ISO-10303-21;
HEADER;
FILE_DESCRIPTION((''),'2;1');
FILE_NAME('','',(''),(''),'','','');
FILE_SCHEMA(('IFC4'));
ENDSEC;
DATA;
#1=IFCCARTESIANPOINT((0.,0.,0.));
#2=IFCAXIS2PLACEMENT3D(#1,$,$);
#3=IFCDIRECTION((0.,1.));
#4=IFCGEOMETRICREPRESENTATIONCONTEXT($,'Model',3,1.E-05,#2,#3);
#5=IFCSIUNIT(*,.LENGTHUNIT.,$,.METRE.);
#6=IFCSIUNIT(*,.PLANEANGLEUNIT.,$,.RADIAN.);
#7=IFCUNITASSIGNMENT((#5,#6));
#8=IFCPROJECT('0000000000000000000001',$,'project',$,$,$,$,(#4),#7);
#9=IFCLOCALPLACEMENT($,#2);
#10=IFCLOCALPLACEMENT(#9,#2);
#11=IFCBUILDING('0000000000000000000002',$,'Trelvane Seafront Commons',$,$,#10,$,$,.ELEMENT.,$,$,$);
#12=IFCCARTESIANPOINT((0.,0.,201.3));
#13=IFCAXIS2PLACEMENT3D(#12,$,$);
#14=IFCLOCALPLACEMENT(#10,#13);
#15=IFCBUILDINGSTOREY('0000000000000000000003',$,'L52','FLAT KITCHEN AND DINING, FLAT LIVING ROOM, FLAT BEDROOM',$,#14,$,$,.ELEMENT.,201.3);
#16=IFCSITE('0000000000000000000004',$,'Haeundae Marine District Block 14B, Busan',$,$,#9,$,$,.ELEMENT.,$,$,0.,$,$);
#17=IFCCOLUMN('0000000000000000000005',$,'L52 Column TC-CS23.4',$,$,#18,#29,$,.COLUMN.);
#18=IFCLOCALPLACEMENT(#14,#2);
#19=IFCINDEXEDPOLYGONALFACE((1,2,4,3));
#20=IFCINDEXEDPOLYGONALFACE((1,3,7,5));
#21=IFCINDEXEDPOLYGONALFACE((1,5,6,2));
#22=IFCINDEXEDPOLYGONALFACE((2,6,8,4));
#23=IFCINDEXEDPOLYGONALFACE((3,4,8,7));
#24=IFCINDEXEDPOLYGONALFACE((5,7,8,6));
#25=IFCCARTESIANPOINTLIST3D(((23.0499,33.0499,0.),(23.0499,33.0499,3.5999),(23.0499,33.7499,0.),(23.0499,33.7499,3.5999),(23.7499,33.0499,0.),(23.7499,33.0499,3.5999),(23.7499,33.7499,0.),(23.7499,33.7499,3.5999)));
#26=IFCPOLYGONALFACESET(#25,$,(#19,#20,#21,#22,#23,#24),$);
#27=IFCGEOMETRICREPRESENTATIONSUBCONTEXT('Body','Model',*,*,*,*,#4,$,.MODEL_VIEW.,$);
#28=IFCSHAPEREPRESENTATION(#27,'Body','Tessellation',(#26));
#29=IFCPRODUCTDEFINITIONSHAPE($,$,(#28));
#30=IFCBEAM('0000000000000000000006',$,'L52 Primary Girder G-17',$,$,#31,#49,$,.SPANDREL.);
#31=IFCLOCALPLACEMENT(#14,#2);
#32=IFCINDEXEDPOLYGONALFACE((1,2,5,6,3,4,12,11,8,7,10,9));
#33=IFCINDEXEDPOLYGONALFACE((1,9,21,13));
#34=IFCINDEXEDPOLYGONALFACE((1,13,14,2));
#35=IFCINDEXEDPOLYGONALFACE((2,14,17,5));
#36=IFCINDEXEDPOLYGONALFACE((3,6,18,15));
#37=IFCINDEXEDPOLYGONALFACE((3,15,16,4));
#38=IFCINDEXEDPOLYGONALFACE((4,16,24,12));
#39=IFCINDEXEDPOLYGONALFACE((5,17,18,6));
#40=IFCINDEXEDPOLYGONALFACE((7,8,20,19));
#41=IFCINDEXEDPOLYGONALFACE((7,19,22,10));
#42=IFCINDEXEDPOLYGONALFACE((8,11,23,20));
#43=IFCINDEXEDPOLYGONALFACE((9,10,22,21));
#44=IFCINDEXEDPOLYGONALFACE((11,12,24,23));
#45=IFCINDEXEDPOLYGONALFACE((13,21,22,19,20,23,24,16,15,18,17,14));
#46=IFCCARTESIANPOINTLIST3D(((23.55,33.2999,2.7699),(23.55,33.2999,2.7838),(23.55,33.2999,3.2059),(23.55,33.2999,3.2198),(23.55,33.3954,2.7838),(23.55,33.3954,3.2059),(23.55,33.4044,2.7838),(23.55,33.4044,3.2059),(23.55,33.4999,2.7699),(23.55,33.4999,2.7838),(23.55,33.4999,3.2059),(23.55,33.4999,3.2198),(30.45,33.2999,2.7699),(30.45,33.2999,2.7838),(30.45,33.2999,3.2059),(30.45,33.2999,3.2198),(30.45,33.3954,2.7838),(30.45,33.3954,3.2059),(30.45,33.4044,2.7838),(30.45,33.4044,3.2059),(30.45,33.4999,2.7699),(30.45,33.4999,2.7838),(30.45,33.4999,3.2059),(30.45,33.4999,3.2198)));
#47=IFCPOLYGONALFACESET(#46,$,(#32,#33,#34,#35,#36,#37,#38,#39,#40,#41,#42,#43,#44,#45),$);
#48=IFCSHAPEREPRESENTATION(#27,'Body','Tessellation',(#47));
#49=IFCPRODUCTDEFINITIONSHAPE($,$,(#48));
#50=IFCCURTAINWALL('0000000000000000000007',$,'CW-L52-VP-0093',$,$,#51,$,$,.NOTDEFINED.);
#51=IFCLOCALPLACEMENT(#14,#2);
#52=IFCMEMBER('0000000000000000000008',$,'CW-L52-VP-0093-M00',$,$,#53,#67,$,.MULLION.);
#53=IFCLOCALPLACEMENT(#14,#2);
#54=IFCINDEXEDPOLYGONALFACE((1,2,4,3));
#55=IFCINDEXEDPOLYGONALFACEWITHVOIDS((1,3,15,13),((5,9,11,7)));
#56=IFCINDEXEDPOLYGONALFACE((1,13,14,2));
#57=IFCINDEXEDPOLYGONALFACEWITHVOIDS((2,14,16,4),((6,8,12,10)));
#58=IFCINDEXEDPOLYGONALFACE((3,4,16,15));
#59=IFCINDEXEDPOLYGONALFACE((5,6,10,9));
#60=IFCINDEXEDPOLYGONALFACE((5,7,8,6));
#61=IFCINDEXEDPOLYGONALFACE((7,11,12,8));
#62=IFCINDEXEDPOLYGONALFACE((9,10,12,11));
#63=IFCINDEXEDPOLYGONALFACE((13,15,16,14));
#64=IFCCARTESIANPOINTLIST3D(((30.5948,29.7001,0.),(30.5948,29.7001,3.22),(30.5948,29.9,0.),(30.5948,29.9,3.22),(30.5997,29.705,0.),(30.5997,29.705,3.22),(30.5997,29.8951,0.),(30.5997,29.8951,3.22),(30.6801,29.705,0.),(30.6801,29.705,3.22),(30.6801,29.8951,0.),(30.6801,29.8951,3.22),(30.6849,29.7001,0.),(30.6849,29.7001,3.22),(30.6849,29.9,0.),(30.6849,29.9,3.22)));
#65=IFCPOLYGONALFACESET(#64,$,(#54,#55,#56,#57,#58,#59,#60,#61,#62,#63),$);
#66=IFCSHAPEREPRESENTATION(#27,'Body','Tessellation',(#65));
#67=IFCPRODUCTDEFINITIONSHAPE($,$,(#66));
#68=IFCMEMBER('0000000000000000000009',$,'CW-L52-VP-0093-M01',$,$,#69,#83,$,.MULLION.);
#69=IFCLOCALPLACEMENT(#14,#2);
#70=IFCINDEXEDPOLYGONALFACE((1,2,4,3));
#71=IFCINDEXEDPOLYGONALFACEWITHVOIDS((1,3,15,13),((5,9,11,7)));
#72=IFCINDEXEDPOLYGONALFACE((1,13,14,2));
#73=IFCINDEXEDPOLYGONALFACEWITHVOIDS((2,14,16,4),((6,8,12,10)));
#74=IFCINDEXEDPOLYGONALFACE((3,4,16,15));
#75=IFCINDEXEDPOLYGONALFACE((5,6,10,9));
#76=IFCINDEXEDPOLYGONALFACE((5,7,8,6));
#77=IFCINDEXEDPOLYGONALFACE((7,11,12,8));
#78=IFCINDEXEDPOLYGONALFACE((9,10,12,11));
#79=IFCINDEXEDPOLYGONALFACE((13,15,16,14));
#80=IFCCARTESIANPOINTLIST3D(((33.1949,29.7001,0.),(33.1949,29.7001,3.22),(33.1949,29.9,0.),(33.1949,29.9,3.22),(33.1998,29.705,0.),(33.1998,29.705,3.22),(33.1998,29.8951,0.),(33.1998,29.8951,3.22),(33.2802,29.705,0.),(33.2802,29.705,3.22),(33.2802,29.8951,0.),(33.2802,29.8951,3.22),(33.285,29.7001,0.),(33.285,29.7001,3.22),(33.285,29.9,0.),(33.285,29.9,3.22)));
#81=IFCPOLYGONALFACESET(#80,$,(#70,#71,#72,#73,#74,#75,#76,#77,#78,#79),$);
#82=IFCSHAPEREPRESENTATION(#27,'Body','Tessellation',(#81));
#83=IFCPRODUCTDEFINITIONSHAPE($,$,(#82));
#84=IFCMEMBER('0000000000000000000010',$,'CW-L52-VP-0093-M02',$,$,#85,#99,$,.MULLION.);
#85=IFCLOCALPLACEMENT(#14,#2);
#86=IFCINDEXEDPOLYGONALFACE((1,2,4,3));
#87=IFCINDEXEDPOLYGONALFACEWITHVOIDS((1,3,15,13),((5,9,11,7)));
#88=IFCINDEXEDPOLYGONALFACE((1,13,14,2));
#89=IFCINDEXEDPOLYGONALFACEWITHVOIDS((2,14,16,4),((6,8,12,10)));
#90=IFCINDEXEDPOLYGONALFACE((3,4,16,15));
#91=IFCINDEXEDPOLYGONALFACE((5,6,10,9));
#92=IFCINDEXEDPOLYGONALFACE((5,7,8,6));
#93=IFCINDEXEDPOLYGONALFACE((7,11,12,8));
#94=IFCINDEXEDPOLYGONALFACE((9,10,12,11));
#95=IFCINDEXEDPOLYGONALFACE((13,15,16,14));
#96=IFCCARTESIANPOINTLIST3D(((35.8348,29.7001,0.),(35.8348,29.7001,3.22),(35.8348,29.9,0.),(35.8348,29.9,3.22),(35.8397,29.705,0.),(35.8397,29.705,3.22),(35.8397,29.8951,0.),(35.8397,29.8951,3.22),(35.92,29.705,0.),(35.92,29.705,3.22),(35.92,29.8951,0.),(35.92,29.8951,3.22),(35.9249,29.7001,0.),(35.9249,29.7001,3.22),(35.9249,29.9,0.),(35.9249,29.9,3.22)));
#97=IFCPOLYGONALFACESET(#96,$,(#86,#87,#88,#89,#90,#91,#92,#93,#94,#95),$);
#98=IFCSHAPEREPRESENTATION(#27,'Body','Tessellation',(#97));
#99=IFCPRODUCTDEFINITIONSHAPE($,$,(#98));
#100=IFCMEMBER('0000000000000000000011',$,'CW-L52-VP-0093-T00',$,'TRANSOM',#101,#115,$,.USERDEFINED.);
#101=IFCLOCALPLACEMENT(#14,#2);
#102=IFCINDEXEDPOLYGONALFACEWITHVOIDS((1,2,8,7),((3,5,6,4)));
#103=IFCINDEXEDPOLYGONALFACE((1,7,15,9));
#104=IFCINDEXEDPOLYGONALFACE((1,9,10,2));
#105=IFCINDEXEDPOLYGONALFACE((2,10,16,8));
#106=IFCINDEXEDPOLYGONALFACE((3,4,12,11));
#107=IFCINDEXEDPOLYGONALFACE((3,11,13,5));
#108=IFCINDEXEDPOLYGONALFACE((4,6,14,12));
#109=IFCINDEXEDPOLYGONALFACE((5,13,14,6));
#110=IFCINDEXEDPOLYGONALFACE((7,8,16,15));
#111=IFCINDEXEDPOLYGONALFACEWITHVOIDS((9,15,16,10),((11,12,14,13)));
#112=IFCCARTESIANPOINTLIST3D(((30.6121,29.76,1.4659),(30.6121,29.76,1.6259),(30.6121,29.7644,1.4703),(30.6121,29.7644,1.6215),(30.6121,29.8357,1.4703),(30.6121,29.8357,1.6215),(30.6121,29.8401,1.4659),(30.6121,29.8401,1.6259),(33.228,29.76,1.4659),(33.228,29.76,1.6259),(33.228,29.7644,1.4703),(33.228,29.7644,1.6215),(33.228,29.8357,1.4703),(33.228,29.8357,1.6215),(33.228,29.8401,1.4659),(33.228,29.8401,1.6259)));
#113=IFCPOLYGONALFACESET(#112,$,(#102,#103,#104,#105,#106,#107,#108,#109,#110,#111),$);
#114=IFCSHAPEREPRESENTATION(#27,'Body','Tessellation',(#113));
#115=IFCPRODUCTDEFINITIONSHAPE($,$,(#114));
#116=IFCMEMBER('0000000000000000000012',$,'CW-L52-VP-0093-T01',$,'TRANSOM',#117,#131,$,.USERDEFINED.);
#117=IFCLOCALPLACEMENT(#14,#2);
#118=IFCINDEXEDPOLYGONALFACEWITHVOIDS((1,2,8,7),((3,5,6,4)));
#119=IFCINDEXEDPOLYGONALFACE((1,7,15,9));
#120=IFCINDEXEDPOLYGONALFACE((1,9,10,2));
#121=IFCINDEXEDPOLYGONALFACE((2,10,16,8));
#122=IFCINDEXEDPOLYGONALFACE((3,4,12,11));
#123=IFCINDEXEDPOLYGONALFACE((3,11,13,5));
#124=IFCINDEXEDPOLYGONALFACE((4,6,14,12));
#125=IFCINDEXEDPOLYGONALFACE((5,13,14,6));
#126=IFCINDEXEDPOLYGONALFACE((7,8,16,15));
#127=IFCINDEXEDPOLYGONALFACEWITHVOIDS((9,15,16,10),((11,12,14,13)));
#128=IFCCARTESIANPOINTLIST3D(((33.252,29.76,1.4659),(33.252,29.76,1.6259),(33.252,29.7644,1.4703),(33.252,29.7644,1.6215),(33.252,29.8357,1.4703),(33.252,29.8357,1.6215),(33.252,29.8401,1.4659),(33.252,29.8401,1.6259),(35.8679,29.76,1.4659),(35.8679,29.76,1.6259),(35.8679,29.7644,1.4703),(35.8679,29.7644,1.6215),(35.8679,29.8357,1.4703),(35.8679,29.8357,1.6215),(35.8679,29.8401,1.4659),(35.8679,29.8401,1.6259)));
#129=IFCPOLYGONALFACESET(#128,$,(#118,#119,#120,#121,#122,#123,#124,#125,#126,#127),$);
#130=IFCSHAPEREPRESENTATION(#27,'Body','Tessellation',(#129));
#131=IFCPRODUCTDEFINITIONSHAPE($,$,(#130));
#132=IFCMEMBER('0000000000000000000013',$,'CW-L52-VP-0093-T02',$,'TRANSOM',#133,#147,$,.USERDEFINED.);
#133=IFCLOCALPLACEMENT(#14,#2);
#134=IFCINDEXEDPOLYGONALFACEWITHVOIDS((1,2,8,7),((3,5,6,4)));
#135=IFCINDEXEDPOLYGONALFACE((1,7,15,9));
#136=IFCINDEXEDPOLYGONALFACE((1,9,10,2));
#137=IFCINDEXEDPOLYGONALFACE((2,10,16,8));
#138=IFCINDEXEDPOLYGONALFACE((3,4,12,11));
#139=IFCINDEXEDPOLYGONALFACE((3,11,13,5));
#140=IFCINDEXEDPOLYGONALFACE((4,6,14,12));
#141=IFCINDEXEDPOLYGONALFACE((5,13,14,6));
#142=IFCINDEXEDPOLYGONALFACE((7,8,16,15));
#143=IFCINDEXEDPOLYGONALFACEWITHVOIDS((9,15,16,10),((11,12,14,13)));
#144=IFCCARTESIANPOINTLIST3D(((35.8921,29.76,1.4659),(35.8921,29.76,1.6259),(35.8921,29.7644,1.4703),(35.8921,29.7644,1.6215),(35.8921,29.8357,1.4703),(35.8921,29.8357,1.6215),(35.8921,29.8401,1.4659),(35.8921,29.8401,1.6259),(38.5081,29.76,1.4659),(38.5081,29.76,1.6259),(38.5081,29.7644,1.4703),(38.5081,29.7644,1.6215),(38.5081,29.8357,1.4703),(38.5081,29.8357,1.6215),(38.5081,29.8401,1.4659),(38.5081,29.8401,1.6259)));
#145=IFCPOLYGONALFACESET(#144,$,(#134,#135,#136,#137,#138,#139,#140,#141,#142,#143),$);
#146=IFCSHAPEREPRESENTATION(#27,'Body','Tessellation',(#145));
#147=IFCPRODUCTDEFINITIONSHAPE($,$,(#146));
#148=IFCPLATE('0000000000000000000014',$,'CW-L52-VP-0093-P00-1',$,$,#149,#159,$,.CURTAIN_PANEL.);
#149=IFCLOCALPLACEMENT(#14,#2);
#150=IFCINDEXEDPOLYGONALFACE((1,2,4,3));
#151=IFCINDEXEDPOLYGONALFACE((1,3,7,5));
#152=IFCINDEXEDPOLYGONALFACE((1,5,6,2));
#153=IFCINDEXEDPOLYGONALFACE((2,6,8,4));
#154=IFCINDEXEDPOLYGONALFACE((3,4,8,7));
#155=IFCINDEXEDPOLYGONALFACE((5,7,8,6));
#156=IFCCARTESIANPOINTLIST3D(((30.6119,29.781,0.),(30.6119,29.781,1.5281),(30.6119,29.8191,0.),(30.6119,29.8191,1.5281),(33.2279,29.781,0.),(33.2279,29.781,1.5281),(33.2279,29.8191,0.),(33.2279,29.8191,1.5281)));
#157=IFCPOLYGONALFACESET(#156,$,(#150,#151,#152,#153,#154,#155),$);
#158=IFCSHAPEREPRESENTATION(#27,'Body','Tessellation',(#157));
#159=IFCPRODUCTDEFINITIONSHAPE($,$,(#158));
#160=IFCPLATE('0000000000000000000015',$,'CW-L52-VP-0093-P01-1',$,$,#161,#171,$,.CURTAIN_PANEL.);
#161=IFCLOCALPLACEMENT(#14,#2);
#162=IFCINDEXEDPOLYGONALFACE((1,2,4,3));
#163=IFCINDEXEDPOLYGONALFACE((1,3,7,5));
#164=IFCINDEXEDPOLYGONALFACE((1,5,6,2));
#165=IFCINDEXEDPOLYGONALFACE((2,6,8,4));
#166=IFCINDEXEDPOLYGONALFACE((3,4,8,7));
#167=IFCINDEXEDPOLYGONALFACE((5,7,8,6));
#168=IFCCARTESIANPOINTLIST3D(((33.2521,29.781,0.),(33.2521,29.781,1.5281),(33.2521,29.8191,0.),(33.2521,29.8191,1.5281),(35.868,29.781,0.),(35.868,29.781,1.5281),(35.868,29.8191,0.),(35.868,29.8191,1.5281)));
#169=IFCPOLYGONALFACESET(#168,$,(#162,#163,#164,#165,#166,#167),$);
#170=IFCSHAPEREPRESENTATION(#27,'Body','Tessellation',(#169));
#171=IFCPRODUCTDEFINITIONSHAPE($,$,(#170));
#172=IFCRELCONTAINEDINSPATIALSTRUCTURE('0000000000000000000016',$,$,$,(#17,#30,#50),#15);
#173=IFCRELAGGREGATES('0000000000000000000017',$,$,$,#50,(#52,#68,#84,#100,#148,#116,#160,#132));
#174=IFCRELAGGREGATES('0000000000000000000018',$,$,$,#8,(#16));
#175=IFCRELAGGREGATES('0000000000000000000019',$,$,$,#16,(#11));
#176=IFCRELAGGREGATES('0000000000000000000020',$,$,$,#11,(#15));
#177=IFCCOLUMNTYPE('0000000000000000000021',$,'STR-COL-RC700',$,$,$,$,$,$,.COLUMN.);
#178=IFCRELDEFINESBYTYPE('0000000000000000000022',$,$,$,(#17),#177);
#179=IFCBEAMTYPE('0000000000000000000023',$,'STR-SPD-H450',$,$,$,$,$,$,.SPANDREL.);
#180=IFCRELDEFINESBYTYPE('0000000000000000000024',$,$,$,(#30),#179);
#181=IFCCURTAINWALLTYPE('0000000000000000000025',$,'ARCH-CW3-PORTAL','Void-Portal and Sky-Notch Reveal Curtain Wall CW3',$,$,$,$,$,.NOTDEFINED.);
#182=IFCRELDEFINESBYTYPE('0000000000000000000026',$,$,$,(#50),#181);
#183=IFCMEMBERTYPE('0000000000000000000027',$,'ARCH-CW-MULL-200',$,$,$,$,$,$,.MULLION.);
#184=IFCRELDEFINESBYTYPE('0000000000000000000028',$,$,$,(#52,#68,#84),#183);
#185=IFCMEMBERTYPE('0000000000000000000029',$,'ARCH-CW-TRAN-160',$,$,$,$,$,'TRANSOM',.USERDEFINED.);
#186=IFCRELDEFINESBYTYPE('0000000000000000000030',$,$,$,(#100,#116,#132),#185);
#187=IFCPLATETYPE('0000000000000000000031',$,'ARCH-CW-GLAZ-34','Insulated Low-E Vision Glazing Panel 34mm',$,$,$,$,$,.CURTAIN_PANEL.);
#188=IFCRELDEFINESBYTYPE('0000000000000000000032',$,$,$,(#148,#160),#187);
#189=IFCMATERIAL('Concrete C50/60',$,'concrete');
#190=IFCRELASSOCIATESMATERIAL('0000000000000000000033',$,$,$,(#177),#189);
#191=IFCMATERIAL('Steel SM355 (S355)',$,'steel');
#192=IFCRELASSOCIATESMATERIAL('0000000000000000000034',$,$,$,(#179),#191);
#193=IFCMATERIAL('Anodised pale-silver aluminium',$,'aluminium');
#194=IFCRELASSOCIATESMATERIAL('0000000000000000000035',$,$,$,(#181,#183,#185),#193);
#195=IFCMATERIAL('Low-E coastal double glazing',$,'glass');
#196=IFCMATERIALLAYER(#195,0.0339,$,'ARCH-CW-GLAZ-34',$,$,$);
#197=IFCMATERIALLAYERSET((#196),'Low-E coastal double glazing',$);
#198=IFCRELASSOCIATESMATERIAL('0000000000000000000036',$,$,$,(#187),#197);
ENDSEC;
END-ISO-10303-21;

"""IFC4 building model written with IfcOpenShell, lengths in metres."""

from ifc_helpers import new_model, si_unit, direction, frame, origin, origin_2d, place, context, subcontext, project, spatial, rectangle, hollow_rectangle, i_section, extrude, source, transform, mapped, material, layer, layer_set, material_profile, profile_set, type_object, element, aggregate, save


model = new_model("IFC4")

# Units and contexts
model_context = context("Model", 3, precision=1e-05, world=origin(), true_north=direction((0.0, 1.0)))
body_context = subcontext(model_context, "Body", "Model", "MODEL_VIEW")
ifc_project = project(units=[si_unit("LENGTHUNIT", "METRE"), si_unit("PLANEANGLEUNIT", "RADIAN")], contexts=[model_context])

# Site, building, storey
site_placement = place(None, origin())
site = spatial("IfcSite", under=ifc_project, at=site_placement, Name="Haeundae Marine District Block 14B, Busan", CompositionType="ELEMENT", RefElevation=0.0)
building_placement = place(site_placement, origin())
building = spatial("IfcBuilding", under=site, at=building_placement, Name="Trelvane Seafront Commons", CompositionType="ELEMENT")
storey_placement = place(building_placement, frame((0.0, 0.0, 201.3)))
storey = spatial("IfcBuildingStorey", under=building, at=storey_placement, Name="L52", Description="FLAT KITCHEN AND DINING, FLAT LIVING ROOM, FLAT BEDROOM", CompositionType="ELEMENT", Elevation=201.3)

# Column
ifc_material_1 = material(Name="Concrete C50/60", Category="concrete")
ifc_material_profile_1 = material_profile(ifc_material_1, rectangle(XDim=0.7, YDim=0.7, at=origin_2d()), Name="RC-700x700")
ifc_profile_set_1 = profile_set([ifc_material_profile_1], Name="Concrete C50/60")
column_type = type_object("IfcColumnType", Name="STR-COL-RC700", PredefinedType="COLUMN", material=ifc_profile_set_1)
shared_shape_1 = source(origin(), body_context, "Body", "SweptSolid", [
    extrude(rectangle(XDim=0.7, YDim=0.7, at=origin_2d()), origin(), (0.0, 0.0, 1.0), 3.5999),
])
column_placement = place(storey_placement, frame((23.3999, 33.3999, 0.0), z_axis=(0.0, 0.0, 1.0), x_axis=(1.0, 0.0, 0.0)))
element("IfcColumn", 1, at=column_placement, inside=storey, type_object=column_type, Name="L52 Column TC-CS23.4", PredefinedType="COLUMN", context=body_context, shape_type="MappedRepresentation", body=[
    mapped(shared_shape_1, transform((0.0, 0.0, 0.0), x_axis=(1.0, 0.0, 0.0), y_axis=(0.0, 1.0, 0.0), z_axis=(0.0, 0.0, 1.0), scale=1.0)),
])

# Beam
ifc_material_2 = material(Name="Steel SM355 (S355)", Category="steel")
ifc_material_profile_2 = material_profile(ifc_material_2, i_section(OverallWidth=0.2, OverallDepth=0.45, WebThickness=0.009, FlangeThickness=0.0139, at=origin_2d()), Name="H-450x200x9x14")
ifc_profile_set_2 = profile_set([ifc_material_profile_2], Name="Steel SM355 (S355)")
beam_type = type_object("IfcBeamType", Name="STR-SPD-H450", PredefinedType="SPANDREL", material=ifc_profile_set_2)
shared_shape_2 = source(origin(), body_context, "Body", "SweptSolid", [
    extrude(i_section(OverallWidth=0.2, OverallDepth=0.45, WebThickness=0.009, FlangeThickness=0.0139, at=origin_2d()), origin(), (0.0, 0.0, 1.0), 6.8999),
])
beam_placement = place(storey_placement, frame((23.55, 33.3999, 2.9949), z_axis=(1.0, 0.0, 0.0), x_axis=(0.0, 1.0, 0.0)))
element("IfcBeam", 2, at=beam_placement, inside=storey, type_object=beam_type, Name="L52 Primary Girder G-17", PredefinedType="SPANDREL", context=body_context, shape_type="MappedRepresentation", body=[
    mapped(shared_shape_2, transform((0.0, 0.0, 0.0), x_axis=(1.0, 0.0, 0.0), y_axis=(0.0, 1.0, 0.0), z_axis=(0.0, 0.0, 1.0), scale=1.0)),
])

# Curtain wall, members, plates
ifc_material_3 = material(Name="Anodised pale-silver aluminium", Category="aluminium")
curtain_wall_type = type_object("IfcCurtainWallType", Name="ARCH-CW3-PORTAL", Description="Void-Portal and Sky-Notch Reveal Curtain Wall CW3", PredefinedType="NOTDEFINED", material=ifc_material_3)
curtain_wall_placement = place(storey_placement, origin())
curtain_wall = element("IfcCurtainWall", 3, at=curtain_wall_placement, inside=storey, type_object=curtain_wall_type, Name="CW-L52-VP-0093", PredefinedType="NOTDEFINED")
ifc_material_profile_3 = material_profile(ifc_material_3, hollow_rectangle(XDim=0.0901, YDim=0.2, WallThickness=0.0049, at=origin_2d()), Name="MULL-90x200x5")
ifc_profile_set_3 = profile_set([ifc_material_profile_3], Name="Anodised pale-silver aluminium")
member_type_1 = type_object("IfcMemberType", Name="ARCH-CW-MULL-200", PredefinedType="MULLION", material=ifc_profile_set_3)
shared_shape_3 = source(origin(), body_context, "Body", "SweptSolid", [
    extrude(hollow_rectangle(XDim=0.0901, YDim=0.2, WallThickness=0.0049, at=origin_2d()), origin(), (0.0, 0.0, 1.0), 3.22),
])
member_1_placement = place(storey_placement, frame((30.6399, 29.8, 0.0), z_axis=(0.0, 0.0, 1.0), x_axis=(1.0, 0.0, 0.0)))
member_1 = element("IfcMember", 4, at=member_1_placement, type_object=member_type_1, Name="CW-L52-VP-0093-M00", PredefinedType="MULLION", context=body_context, shape_type="MappedRepresentation", body=[
    mapped(shared_shape_3, transform((0.0, 0.0, 0.0), x_axis=(1.0, 0.0, 0.0), y_axis=(0.0, 1.0, 0.0), z_axis=(0.0, 0.0, 1.0), scale=1.0)),
])
member_2_placement = place(storey_placement, frame((33.24, 29.8, 0.0), z_axis=(0.0, 0.0, 1.0), x_axis=(1.0, 0.0, 0.0)))
member_2 = element("IfcMember", 5, at=member_2_placement, type_object=member_type_1, Name="CW-L52-VP-0093-M01", PredefinedType="MULLION", context=body_context, shape_type="MappedRepresentation", body=[
    mapped(shared_shape_3, transform((0.0, 0.0, 0.0), x_axis=(1.0, 0.0, 0.0), y_axis=(0.0, 1.0, 0.0), z_axis=(0.0, 0.0, 1.0), scale=1.0)),
])
member_3_placement = place(storey_placement, frame((35.8799, 29.8, 0.0), z_axis=(0.0, 0.0, 1.0), x_axis=(1.0, 0.0, 0.0)))
member_3 = element("IfcMember", 6, at=member_3_placement, type_object=member_type_1, Name="CW-L52-VP-0093-M02", PredefinedType="MULLION", context=body_context, shape_type="MappedRepresentation", body=[
    mapped(shared_shape_3, transform((0.0, 0.0, 0.0), x_axis=(1.0, 0.0, 0.0), y_axis=(0.0, 1.0, 0.0), z_axis=(0.0, 0.0, 1.0), scale=1.0)),
])
ifc_material_profile_4 = material_profile(ifc_material_3, hollow_rectangle(XDim=0.0801, YDim=0.1599, WallThickness=0.0044, at=origin_2d()), Name="TRAN-80x160x4.5")
ifc_profile_set_4 = profile_set([ifc_material_profile_4], Name="Anodised pale-silver aluminium")
member_type_2 = type_object("IfcMemberType", Name="ARCH-CW-TRAN-160", ElementType="TRANSOM", PredefinedType="USERDEFINED", material=ifc_profile_set_4)
shared_shape_4 = source(origin(), body_context, "Body", "SweptSolid", [
    extrude(hollow_rectangle(XDim=0.0801, YDim=0.1599, WallThickness=0.0044, at=origin_2d()), origin(), (0.0, 0.0, 1.0), 2.616),
])
member_4_placement = place(storey_placement, frame((30.6121, 29.8, 1.5459), z_axis=(1.0, 0.0, 0.0), x_axis=(0.0, 1.0, 0.0)))
member_4 = element("IfcMember", 7, at=member_4_placement, type_object=member_type_2, Name="CW-L52-VP-0093-T00", ObjectType="TRANSOM", PredefinedType="USERDEFINED", context=body_context, shape_type="MappedRepresentation", body=[
    mapped(shared_shape_4, transform((0.0, 0.0, 0.0), x_axis=(1.0, 0.0, 0.0), y_axis=(0.0, 1.0, 0.0), z_axis=(0.0, 0.0, 1.0), scale=1.0)),
])
member_5_placement = place(storey_placement, frame((33.252, 29.8, 1.5459), z_axis=(1.0, 0.0, 0.0), x_axis=(0.0, 1.0, 0.0)))
member_5 = element("IfcMember", 8, at=member_5_placement, type_object=member_type_2, Name="CW-L52-VP-0093-T01", ObjectType="TRANSOM", PredefinedType="USERDEFINED", context=body_context, shape_type="MappedRepresentation", body=[
    mapped(shared_shape_4, transform((0.0, 0.0, 0.0), x_axis=(1.0, 0.0, 0.0), y_axis=(0.0, 1.0, 0.0), z_axis=(0.0, 0.0, 1.0), scale=1.0)),
])
member_6_placement = place(storey_placement, frame((35.8921, 29.8, 1.5459), z_axis=(1.0, 0.0, 0.0), x_axis=(0.0, 1.0, 0.0)))
member_6 = element("IfcMember", 9, at=member_6_placement, type_object=member_type_2, Name="CW-L52-VP-0093-T02", ObjectType="TRANSOM", PredefinedType="USERDEFINED", context=body_context, shape_type="MappedRepresentation", body=[
    mapped(shared_shape_4, transform((0.0, 0.0, 0.0), x_axis=(1.0, 0.0, 0.0), y_axis=(0.0, 1.0, 0.0), z_axis=(0.0, 0.0, 1.0), scale=1.0)),
])
ifc_material_4 = material(Name="Low-E coastal double glazing", Category="glass")
ifc_layer_1 = layer(ifc_material_4, 0.0339, Name="ARCH-CW-GLAZ-34")
ifc_layer_set_1 = layer_set([ifc_layer_1], Name="Low-E coastal double glazing")
plate_type = type_object("IfcPlateType", Name="ARCH-CW-GLAZ-34", Description="Insulated Low-E Vision Glazing Panel 34mm", PredefinedType="CURTAIN_PANEL", material=ifc_layer_set_1)
shared_shape_5 = source(origin(), body_context, "Body", "SweptSolid", [
    extrude(rectangle(XDim=2.616, YDim=0.0381, at=origin_2d()), origin(), (0.0, 0.0, 1.0), 1.5281),
])
plate_1_placement = place(storey_placement, frame((31.9199, 29.8, 0.0), z_axis=(0.0, 0.0, 1.0), x_axis=(1.0, 0.0, 0.0)))
plate_1 = element("IfcPlate", 10, at=plate_1_placement, type_object=plate_type, Name="CW-L52-VP-0093-P00-1", PredefinedType="CURTAIN_PANEL", context=body_context, shape_type="MappedRepresentation", body=[
    mapped(shared_shape_5, transform((0.0, 0.0, 0.0), x_axis=(1.0, 0.0, 0.0), y_axis=(0.0, 1.0, 0.0), z_axis=(0.0, 0.0, 1.0), scale=1.0)),
])
plate_2_placement = place(storey_placement, frame((34.5601, 29.8, 0.0), z_axis=(0.0, 0.0, 1.0), x_axis=(1.0, 0.0, 0.0)))
plate_2 = element("IfcPlate", 11, at=plate_2_placement, type_object=plate_type, Name="CW-L52-VP-0093-P01-1", PredefinedType="CURTAIN_PANEL", context=body_context, shape_type="MappedRepresentation", body=[
    mapped(shared_shape_5, transform((0.0, 0.0, 0.0), x_axis=(1.0, 0.0, 0.0), y_axis=(0.0, 1.0, 0.0), z_axis=(0.0, 0.0, 1.0), scale=1.0)),
])
aggregate(curtain_wall, [member_1, member_2, member_3, member_4, plate_1, member_5, plate_2, member_6])

save(model, "model.ifc")
